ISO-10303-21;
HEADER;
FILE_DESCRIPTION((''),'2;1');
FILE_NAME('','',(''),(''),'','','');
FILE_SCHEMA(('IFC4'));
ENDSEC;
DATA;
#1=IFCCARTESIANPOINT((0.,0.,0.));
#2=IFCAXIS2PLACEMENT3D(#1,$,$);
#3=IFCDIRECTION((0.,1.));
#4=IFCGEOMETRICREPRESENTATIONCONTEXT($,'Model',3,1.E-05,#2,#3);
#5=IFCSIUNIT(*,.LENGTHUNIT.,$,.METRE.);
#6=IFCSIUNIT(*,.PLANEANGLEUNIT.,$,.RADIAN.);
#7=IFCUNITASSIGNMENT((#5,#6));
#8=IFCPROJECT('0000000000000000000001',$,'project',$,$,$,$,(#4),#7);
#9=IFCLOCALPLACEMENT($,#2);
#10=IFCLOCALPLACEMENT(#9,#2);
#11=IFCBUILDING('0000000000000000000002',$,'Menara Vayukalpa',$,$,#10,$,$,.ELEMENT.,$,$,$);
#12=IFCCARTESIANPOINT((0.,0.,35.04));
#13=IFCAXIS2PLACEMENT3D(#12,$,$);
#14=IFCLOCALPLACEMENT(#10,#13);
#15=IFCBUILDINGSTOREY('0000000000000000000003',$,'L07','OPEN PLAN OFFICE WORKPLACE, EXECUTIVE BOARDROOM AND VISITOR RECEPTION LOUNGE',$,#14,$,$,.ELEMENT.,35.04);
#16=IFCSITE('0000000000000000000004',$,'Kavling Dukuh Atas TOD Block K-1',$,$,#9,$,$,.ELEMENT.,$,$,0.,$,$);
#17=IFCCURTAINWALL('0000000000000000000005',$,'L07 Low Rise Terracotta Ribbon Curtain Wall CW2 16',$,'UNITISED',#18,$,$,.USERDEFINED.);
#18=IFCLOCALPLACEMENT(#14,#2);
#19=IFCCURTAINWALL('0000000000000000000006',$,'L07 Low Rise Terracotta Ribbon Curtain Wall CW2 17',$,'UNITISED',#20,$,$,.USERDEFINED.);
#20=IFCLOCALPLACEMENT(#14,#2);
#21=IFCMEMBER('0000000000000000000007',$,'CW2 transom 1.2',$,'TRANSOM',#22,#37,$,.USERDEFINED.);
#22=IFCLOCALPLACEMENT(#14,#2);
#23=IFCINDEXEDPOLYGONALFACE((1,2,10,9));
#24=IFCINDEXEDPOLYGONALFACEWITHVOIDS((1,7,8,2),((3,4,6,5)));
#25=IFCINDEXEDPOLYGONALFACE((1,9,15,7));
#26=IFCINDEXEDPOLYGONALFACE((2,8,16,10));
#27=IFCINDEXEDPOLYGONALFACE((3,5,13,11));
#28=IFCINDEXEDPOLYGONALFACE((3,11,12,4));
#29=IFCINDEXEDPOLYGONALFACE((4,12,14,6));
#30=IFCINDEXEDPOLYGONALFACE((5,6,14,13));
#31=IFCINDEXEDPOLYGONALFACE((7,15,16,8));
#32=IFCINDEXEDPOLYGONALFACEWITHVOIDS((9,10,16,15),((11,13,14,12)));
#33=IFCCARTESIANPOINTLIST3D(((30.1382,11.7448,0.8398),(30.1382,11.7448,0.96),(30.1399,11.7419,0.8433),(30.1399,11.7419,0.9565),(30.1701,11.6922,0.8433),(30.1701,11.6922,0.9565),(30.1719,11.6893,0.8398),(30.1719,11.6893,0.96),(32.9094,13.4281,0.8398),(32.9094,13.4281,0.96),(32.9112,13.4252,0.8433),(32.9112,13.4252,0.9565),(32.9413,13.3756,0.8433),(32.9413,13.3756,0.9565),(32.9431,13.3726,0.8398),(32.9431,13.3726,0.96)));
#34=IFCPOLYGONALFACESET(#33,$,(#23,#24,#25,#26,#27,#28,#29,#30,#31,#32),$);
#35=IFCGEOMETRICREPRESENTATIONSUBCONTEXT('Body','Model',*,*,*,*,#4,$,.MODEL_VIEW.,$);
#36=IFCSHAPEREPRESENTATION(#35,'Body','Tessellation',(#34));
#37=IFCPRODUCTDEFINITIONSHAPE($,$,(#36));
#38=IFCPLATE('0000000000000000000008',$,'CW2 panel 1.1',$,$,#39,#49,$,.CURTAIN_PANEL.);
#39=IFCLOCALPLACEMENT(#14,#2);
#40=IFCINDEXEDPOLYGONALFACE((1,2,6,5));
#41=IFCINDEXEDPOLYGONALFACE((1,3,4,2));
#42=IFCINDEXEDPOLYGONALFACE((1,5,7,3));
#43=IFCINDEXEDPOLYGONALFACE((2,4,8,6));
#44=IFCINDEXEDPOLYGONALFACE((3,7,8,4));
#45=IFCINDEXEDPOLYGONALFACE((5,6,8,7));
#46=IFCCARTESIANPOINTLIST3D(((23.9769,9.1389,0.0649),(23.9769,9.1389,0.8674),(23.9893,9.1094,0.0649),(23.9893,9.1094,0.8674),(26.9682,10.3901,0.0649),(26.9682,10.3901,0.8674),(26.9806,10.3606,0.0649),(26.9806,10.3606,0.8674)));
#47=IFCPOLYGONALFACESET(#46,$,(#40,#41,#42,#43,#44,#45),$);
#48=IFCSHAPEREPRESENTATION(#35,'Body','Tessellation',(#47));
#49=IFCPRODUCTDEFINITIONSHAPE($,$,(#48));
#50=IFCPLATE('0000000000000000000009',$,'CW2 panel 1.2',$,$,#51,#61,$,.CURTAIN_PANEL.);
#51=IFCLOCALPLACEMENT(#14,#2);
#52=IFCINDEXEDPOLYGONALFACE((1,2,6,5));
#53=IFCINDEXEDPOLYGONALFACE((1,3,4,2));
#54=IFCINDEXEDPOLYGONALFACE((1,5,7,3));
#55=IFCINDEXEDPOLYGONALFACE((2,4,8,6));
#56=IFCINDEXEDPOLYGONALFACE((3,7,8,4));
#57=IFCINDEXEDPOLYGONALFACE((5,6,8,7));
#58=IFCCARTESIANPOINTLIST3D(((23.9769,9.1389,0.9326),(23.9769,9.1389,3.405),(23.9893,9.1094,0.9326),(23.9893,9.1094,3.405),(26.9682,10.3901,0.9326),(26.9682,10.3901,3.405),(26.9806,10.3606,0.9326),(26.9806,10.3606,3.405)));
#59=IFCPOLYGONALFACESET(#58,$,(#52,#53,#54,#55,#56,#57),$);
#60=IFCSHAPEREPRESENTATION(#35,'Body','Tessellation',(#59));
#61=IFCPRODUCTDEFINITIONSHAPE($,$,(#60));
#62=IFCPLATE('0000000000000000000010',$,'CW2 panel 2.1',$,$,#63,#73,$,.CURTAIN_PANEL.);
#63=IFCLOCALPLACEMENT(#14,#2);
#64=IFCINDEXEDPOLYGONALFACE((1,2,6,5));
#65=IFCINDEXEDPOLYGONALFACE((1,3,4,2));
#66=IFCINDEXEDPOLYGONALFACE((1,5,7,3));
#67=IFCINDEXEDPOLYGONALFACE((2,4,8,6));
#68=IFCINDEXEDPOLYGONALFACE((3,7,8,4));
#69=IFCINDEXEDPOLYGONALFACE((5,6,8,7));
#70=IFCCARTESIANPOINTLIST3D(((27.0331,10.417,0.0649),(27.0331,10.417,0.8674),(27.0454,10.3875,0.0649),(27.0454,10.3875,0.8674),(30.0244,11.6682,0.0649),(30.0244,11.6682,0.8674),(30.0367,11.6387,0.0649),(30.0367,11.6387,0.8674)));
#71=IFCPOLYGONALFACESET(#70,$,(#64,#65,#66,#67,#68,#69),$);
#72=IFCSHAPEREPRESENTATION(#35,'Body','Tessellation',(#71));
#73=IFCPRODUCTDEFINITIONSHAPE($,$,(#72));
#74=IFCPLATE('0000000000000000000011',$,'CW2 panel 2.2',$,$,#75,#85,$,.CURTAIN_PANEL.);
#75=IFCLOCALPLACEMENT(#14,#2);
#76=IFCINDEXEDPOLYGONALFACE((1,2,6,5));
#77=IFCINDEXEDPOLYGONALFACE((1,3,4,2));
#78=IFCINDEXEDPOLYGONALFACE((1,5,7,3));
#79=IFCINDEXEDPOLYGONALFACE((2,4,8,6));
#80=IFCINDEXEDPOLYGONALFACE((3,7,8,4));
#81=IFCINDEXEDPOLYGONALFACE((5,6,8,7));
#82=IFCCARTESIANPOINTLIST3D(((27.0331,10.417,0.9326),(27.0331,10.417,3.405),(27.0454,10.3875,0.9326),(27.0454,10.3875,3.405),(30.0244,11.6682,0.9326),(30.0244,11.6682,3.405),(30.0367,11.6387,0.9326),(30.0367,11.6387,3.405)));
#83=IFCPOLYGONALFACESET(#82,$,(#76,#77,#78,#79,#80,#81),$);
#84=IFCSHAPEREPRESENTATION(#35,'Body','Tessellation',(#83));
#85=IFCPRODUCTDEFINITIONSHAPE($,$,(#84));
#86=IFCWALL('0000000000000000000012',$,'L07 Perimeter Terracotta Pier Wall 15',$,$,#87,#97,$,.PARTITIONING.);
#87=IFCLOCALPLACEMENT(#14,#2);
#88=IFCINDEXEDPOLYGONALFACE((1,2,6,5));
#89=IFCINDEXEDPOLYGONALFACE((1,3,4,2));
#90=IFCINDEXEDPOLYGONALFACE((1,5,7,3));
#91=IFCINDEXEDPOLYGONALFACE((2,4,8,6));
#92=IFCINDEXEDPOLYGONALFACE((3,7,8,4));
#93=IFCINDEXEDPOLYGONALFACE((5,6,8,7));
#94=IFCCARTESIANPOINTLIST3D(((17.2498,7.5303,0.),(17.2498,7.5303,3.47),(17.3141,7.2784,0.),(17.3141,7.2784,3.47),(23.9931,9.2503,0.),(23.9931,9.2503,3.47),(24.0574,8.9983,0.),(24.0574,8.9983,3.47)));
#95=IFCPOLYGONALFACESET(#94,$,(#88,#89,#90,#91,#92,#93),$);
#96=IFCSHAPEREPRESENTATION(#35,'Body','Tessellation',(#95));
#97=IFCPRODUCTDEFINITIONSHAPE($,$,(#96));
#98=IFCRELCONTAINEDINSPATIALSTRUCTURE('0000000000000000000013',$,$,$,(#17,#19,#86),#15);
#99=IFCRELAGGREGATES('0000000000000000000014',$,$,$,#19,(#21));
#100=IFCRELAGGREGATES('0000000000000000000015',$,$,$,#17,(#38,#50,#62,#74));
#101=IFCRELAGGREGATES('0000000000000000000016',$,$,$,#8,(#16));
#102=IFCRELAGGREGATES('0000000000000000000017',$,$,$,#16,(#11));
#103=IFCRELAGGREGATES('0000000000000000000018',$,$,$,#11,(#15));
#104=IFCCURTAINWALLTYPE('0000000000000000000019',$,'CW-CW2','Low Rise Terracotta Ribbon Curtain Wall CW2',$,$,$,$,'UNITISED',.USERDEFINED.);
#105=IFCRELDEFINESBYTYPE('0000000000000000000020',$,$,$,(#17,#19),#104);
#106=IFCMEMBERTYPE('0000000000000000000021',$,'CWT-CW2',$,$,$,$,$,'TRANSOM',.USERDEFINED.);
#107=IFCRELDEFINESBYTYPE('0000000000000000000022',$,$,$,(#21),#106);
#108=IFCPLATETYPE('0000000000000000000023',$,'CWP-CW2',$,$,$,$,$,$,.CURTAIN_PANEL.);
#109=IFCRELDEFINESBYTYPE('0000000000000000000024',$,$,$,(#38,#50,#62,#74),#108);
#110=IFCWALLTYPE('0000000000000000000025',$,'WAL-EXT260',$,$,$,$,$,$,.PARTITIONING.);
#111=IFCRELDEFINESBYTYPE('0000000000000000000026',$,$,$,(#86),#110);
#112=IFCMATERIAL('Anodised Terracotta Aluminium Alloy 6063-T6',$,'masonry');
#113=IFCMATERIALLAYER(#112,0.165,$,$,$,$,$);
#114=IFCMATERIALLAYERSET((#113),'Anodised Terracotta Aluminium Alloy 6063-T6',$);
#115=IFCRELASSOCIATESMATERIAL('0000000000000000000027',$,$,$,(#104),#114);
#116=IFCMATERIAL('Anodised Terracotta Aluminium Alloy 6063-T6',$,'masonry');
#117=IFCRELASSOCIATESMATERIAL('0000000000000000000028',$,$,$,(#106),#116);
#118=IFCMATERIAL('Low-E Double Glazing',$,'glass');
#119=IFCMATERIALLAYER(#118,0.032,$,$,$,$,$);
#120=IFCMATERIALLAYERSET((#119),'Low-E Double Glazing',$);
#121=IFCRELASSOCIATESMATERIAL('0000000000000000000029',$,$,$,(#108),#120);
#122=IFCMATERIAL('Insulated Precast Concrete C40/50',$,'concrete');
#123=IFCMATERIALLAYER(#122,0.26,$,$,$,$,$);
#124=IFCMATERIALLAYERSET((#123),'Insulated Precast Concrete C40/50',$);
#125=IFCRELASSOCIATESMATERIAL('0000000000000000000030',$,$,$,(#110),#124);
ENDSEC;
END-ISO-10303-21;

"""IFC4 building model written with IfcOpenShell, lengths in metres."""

from ifc_helpers import new_model, si_unit, direction, frame, frame_2d, origin, origin_2d, place, context, subcontext, project, spatial, rectangle, hollow_rectangle, extrude, material, layer, layer_set, material_profile, profile_set, type_object, element, aggregate, save


model = new_model("IFC4")

# Units and contexts
model_context = context("Model", 3, precision=1e-05, world=origin(), true_north=direction((0.0, 1.0)))
body_context = subcontext(model_context, "Body", "Model", "MODEL_VIEW")
ifc_project = project(units=[si_unit("LENGTHUNIT", "METRE"), si_unit("PLANEANGLEUNIT", "RADIAN")], contexts=[model_context])

# Site, building, storey
site_placement = place(None, origin())
site = spatial("IfcSite", under=ifc_project, at=site_placement, Name="Kavling Dukuh Atas TOD Block K-1", CompositionType="ELEMENT", RefElevation=0.0)
building_placement = place(site_placement, origin())
building = spatial("IfcBuilding", under=site, at=building_placement, Name="Menara Vayukalpa", CompositionType="ELEMENT")
storey_placement = place(building_placement, frame((0.0, 0.0, 35.04)))
storey = spatial("IfcBuildingStorey", under=building, at=storey_placement, Name="L07", Description="OPEN PLAN OFFICE WORKPLACE, EXECUTIVE BOARDROOM AND VISITOR RECEPTION LOUNGE", CompositionType="ELEMENT", Elevation=35.04)

# Curtain wall
ifc_material_1 = material(Name="Anodised Terracotta Aluminium Alloy 6063-T6", Category="masonry")
ifc_layer_1 = layer(ifc_material_1, 0.165)
ifc_layer_set_1 = layer_set([ifc_layer_1], Name="Anodised Terracotta Aluminium Alloy 6063-T6")
curtain_wall_type = type_object("IfcCurtainWallType", Name="CW-CW2", Description="Low Rise Terracotta Ribbon Curtain Wall CW2", ElementType="UNITISED", PredefinedType="USERDEFINED", material=ifc_layer_set_1)
curtain_wall_1_placement = place(storey_placement, origin())
curtain_wall_1 = element("IfcCurtainWall", 1, at=curtain_wall_1_placement, inside=storey, type_object=curtain_wall_type, Name="L07 Low Rise Terracotta Ribbon Curtain Wall CW2 16", ObjectType="UNITISED", PredefinedType="USERDEFINED")

# Curtain wall
curtain_wall_2_placement = place(storey_placement, origin())
curtain_wall_2 = element("IfcCurtainWall", 2, at=curtain_wall_2_placement, inside=storey, type_object=curtain_wall_type, Name="L07 Low Rise Terracotta Ribbon Curtain Wall CW2 17", ObjectType="UNITISED", PredefinedType="USERDEFINED")

# Member
ifc_material_2 = material(Name="Anodised Terracotta Aluminium Alloy 6063-T6", Category="masonry")
ifc_material_profile_1 = material_profile(ifc_material_2, hollow_rectangle(XDim=0.0649, YDim=0.1201, WallThickness=0.0034, at=origin_2d()), Name="ALU 65x120x3.5")
ifc_profile_set_1 = profile_set([ifc_material_profile_1], Name="Anodised Terracotta Aluminium Alloy 6063-T6")
member_type_1 = type_object("IfcMemberType", Name="CWT-CW2", ElementType="TRANSOM", PredefinedType="USERDEFINED", material=ifc_profile_set_1)
member_1_placement = place(storey_placement, frame((30.155, 11.717, 0.8999), z_axis=(0.854677, 0.519161, 0.0), x_axis=(-0.519161, 0.854677, 0.0)))
member_1 = element("IfcMember", 3, at=member_1_placement, type_object=member_type_1, Name="CW2 transom 1.2", ObjectType="TRANSOM", PredefinedType="USERDEFINED", context=body_context, shape_type="SweptSolid", body=[
    extrude(hollow_rectangle(XDim=0.0649, YDim=0.1201, WallThickness=0.0034, at=origin_2d()), origin(), (0.0, 0.0, 1.0), 3.2424),
])
aggregate(curtain_wall_2, [member_1])

# Plates
ifc_material_3 = material(Name="Low-E Double Glazing", Category="glass")
ifc_layer_2 = layer(ifc_material_3, 0.032)
ifc_layer_set_2 = layer_set([ifc_layer_2], Name="Low-E Double Glazing")
plate_type = type_object("IfcPlateType", Name="CWP-CW2", PredefinedType="CURTAIN_PANEL", material=ifc_layer_set_2)
plate_1_placement = place(storey_placement, frame((25.4788, 9.7498, 0.0649), z_axis=(0.0, 0.0, 1.0), x_axis=(0.922543, 0.385895, 0.0)))
plate_1 = element("IfcPlate", 4, at=plate_1_placement, type_object=plate_type, Name="CW2 panel 1.1", PredefinedType="CURTAIN_PANEL", context=body_context, shape_type="SweptSolid", body=[
    extrude(rectangle(XDim=3.2424, YDim=0.032, at=origin_2d()), origin(), (0.0, 0.0, 1.0), 0.8025),
])
plate_2_placement = place(storey_placement, frame((25.4788, 9.7498, 0.9326), z_axis=(0.0, 0.0, 1.0), x_axis=(0.922543, 0.385895, 0.0)))
plate_2 = element("IfcPlate", 5, at=plate_2_placement, type_object=plate_type, Name="CW2 panel 1.2", PredefinedType="CURTAIN_PANEL", context=body_context, shape_type="SweptSolid", body=[
    extrude(rectangle(XDim=3.2424, YDim=0.032, at=origin_2d()), origin(), (0.0, 0.0, 1.0), 2.4724),
])
plate_3_placement = place(storey_placement, frame((28.5349, 11.0278, 0.0649), z_axis=(0.0, 0.0, 1.0), x_axis=(0.922543, 0.385895, 0.0)))
plate_3 = element("IfcPlate", 6, at=plate_3_placement, type_object=plate_type, Name="CW2 panel 2.1", PredefinedType="CURTAIN_PANEL", context=body_context, shape_type="SweptSolid", body=[
    extrude(rectangle(XDim=3.2424, YDim=0.032, at=origin_2d()), origin(), (0.0, 0.0, 1.0), 0.8025),
])
plate_4_placement = place(storey_placement, frame((28.5349, 11.0278, 0.9326), z_axis=(0.0, 0.0, 1.0), x_axis=(0.922543, 0.385895, 0.0)))
plate_4 = element("IfcPlate", 7, at=plate_4_placement, type_object=plate_type, Name="CW2 panel 2.2", PredefinedType="CURTAIN_PANEL", context=body_context, shape_type="SweptSolid", body=[
    extrude(rectangle(XDim=3.2424, YDim=0.032, at=origin_2d()), origin(), (0.0, 0.0, 1.0), 2.4724),
])
aggregate(curtain_wall_1, [plate_1, plate_2, plate_3, plate_4])

# Wall
ifc_material_4 = material(Name="Insulated Precast Concrete C40/50", Category="concrete")
ifc_layer_3 = layer(ifc_material_4, 0.26)
ifc_layer_set_3 = layer_set([ifc_layer_3], Name="Insulated Precast Concrete C40/50")
wall_type = type_object("IfcWallType", Name="WAL-EXT260", PredefinedType="PARTITIONING", material=ifc_layer_set_3)
wall_placement = place(storey_placement, frame((24.0251, 9.1243, 0.0), z_axis=(0.0, 0.0, 1.0), x_axis=(-0.968978, -0.247147, 0.0)))
element("IfcWall", 8, at=wall_placement, inside=storey, type_object=wall_type, Name="L07 Perimeter Terracotta Pier Wall 15", PredefinedType="PARTITIONING", context=body_context, shape_type="SweptSolid", body=[
    extrude(rectangle(XDim=6.9592, YDim=0.26, at=frame_2d((3.4795, 0.0))), origin(), (0.0, 0.0, 1.0), 3.47),
])

save(model, "model.ifc")
